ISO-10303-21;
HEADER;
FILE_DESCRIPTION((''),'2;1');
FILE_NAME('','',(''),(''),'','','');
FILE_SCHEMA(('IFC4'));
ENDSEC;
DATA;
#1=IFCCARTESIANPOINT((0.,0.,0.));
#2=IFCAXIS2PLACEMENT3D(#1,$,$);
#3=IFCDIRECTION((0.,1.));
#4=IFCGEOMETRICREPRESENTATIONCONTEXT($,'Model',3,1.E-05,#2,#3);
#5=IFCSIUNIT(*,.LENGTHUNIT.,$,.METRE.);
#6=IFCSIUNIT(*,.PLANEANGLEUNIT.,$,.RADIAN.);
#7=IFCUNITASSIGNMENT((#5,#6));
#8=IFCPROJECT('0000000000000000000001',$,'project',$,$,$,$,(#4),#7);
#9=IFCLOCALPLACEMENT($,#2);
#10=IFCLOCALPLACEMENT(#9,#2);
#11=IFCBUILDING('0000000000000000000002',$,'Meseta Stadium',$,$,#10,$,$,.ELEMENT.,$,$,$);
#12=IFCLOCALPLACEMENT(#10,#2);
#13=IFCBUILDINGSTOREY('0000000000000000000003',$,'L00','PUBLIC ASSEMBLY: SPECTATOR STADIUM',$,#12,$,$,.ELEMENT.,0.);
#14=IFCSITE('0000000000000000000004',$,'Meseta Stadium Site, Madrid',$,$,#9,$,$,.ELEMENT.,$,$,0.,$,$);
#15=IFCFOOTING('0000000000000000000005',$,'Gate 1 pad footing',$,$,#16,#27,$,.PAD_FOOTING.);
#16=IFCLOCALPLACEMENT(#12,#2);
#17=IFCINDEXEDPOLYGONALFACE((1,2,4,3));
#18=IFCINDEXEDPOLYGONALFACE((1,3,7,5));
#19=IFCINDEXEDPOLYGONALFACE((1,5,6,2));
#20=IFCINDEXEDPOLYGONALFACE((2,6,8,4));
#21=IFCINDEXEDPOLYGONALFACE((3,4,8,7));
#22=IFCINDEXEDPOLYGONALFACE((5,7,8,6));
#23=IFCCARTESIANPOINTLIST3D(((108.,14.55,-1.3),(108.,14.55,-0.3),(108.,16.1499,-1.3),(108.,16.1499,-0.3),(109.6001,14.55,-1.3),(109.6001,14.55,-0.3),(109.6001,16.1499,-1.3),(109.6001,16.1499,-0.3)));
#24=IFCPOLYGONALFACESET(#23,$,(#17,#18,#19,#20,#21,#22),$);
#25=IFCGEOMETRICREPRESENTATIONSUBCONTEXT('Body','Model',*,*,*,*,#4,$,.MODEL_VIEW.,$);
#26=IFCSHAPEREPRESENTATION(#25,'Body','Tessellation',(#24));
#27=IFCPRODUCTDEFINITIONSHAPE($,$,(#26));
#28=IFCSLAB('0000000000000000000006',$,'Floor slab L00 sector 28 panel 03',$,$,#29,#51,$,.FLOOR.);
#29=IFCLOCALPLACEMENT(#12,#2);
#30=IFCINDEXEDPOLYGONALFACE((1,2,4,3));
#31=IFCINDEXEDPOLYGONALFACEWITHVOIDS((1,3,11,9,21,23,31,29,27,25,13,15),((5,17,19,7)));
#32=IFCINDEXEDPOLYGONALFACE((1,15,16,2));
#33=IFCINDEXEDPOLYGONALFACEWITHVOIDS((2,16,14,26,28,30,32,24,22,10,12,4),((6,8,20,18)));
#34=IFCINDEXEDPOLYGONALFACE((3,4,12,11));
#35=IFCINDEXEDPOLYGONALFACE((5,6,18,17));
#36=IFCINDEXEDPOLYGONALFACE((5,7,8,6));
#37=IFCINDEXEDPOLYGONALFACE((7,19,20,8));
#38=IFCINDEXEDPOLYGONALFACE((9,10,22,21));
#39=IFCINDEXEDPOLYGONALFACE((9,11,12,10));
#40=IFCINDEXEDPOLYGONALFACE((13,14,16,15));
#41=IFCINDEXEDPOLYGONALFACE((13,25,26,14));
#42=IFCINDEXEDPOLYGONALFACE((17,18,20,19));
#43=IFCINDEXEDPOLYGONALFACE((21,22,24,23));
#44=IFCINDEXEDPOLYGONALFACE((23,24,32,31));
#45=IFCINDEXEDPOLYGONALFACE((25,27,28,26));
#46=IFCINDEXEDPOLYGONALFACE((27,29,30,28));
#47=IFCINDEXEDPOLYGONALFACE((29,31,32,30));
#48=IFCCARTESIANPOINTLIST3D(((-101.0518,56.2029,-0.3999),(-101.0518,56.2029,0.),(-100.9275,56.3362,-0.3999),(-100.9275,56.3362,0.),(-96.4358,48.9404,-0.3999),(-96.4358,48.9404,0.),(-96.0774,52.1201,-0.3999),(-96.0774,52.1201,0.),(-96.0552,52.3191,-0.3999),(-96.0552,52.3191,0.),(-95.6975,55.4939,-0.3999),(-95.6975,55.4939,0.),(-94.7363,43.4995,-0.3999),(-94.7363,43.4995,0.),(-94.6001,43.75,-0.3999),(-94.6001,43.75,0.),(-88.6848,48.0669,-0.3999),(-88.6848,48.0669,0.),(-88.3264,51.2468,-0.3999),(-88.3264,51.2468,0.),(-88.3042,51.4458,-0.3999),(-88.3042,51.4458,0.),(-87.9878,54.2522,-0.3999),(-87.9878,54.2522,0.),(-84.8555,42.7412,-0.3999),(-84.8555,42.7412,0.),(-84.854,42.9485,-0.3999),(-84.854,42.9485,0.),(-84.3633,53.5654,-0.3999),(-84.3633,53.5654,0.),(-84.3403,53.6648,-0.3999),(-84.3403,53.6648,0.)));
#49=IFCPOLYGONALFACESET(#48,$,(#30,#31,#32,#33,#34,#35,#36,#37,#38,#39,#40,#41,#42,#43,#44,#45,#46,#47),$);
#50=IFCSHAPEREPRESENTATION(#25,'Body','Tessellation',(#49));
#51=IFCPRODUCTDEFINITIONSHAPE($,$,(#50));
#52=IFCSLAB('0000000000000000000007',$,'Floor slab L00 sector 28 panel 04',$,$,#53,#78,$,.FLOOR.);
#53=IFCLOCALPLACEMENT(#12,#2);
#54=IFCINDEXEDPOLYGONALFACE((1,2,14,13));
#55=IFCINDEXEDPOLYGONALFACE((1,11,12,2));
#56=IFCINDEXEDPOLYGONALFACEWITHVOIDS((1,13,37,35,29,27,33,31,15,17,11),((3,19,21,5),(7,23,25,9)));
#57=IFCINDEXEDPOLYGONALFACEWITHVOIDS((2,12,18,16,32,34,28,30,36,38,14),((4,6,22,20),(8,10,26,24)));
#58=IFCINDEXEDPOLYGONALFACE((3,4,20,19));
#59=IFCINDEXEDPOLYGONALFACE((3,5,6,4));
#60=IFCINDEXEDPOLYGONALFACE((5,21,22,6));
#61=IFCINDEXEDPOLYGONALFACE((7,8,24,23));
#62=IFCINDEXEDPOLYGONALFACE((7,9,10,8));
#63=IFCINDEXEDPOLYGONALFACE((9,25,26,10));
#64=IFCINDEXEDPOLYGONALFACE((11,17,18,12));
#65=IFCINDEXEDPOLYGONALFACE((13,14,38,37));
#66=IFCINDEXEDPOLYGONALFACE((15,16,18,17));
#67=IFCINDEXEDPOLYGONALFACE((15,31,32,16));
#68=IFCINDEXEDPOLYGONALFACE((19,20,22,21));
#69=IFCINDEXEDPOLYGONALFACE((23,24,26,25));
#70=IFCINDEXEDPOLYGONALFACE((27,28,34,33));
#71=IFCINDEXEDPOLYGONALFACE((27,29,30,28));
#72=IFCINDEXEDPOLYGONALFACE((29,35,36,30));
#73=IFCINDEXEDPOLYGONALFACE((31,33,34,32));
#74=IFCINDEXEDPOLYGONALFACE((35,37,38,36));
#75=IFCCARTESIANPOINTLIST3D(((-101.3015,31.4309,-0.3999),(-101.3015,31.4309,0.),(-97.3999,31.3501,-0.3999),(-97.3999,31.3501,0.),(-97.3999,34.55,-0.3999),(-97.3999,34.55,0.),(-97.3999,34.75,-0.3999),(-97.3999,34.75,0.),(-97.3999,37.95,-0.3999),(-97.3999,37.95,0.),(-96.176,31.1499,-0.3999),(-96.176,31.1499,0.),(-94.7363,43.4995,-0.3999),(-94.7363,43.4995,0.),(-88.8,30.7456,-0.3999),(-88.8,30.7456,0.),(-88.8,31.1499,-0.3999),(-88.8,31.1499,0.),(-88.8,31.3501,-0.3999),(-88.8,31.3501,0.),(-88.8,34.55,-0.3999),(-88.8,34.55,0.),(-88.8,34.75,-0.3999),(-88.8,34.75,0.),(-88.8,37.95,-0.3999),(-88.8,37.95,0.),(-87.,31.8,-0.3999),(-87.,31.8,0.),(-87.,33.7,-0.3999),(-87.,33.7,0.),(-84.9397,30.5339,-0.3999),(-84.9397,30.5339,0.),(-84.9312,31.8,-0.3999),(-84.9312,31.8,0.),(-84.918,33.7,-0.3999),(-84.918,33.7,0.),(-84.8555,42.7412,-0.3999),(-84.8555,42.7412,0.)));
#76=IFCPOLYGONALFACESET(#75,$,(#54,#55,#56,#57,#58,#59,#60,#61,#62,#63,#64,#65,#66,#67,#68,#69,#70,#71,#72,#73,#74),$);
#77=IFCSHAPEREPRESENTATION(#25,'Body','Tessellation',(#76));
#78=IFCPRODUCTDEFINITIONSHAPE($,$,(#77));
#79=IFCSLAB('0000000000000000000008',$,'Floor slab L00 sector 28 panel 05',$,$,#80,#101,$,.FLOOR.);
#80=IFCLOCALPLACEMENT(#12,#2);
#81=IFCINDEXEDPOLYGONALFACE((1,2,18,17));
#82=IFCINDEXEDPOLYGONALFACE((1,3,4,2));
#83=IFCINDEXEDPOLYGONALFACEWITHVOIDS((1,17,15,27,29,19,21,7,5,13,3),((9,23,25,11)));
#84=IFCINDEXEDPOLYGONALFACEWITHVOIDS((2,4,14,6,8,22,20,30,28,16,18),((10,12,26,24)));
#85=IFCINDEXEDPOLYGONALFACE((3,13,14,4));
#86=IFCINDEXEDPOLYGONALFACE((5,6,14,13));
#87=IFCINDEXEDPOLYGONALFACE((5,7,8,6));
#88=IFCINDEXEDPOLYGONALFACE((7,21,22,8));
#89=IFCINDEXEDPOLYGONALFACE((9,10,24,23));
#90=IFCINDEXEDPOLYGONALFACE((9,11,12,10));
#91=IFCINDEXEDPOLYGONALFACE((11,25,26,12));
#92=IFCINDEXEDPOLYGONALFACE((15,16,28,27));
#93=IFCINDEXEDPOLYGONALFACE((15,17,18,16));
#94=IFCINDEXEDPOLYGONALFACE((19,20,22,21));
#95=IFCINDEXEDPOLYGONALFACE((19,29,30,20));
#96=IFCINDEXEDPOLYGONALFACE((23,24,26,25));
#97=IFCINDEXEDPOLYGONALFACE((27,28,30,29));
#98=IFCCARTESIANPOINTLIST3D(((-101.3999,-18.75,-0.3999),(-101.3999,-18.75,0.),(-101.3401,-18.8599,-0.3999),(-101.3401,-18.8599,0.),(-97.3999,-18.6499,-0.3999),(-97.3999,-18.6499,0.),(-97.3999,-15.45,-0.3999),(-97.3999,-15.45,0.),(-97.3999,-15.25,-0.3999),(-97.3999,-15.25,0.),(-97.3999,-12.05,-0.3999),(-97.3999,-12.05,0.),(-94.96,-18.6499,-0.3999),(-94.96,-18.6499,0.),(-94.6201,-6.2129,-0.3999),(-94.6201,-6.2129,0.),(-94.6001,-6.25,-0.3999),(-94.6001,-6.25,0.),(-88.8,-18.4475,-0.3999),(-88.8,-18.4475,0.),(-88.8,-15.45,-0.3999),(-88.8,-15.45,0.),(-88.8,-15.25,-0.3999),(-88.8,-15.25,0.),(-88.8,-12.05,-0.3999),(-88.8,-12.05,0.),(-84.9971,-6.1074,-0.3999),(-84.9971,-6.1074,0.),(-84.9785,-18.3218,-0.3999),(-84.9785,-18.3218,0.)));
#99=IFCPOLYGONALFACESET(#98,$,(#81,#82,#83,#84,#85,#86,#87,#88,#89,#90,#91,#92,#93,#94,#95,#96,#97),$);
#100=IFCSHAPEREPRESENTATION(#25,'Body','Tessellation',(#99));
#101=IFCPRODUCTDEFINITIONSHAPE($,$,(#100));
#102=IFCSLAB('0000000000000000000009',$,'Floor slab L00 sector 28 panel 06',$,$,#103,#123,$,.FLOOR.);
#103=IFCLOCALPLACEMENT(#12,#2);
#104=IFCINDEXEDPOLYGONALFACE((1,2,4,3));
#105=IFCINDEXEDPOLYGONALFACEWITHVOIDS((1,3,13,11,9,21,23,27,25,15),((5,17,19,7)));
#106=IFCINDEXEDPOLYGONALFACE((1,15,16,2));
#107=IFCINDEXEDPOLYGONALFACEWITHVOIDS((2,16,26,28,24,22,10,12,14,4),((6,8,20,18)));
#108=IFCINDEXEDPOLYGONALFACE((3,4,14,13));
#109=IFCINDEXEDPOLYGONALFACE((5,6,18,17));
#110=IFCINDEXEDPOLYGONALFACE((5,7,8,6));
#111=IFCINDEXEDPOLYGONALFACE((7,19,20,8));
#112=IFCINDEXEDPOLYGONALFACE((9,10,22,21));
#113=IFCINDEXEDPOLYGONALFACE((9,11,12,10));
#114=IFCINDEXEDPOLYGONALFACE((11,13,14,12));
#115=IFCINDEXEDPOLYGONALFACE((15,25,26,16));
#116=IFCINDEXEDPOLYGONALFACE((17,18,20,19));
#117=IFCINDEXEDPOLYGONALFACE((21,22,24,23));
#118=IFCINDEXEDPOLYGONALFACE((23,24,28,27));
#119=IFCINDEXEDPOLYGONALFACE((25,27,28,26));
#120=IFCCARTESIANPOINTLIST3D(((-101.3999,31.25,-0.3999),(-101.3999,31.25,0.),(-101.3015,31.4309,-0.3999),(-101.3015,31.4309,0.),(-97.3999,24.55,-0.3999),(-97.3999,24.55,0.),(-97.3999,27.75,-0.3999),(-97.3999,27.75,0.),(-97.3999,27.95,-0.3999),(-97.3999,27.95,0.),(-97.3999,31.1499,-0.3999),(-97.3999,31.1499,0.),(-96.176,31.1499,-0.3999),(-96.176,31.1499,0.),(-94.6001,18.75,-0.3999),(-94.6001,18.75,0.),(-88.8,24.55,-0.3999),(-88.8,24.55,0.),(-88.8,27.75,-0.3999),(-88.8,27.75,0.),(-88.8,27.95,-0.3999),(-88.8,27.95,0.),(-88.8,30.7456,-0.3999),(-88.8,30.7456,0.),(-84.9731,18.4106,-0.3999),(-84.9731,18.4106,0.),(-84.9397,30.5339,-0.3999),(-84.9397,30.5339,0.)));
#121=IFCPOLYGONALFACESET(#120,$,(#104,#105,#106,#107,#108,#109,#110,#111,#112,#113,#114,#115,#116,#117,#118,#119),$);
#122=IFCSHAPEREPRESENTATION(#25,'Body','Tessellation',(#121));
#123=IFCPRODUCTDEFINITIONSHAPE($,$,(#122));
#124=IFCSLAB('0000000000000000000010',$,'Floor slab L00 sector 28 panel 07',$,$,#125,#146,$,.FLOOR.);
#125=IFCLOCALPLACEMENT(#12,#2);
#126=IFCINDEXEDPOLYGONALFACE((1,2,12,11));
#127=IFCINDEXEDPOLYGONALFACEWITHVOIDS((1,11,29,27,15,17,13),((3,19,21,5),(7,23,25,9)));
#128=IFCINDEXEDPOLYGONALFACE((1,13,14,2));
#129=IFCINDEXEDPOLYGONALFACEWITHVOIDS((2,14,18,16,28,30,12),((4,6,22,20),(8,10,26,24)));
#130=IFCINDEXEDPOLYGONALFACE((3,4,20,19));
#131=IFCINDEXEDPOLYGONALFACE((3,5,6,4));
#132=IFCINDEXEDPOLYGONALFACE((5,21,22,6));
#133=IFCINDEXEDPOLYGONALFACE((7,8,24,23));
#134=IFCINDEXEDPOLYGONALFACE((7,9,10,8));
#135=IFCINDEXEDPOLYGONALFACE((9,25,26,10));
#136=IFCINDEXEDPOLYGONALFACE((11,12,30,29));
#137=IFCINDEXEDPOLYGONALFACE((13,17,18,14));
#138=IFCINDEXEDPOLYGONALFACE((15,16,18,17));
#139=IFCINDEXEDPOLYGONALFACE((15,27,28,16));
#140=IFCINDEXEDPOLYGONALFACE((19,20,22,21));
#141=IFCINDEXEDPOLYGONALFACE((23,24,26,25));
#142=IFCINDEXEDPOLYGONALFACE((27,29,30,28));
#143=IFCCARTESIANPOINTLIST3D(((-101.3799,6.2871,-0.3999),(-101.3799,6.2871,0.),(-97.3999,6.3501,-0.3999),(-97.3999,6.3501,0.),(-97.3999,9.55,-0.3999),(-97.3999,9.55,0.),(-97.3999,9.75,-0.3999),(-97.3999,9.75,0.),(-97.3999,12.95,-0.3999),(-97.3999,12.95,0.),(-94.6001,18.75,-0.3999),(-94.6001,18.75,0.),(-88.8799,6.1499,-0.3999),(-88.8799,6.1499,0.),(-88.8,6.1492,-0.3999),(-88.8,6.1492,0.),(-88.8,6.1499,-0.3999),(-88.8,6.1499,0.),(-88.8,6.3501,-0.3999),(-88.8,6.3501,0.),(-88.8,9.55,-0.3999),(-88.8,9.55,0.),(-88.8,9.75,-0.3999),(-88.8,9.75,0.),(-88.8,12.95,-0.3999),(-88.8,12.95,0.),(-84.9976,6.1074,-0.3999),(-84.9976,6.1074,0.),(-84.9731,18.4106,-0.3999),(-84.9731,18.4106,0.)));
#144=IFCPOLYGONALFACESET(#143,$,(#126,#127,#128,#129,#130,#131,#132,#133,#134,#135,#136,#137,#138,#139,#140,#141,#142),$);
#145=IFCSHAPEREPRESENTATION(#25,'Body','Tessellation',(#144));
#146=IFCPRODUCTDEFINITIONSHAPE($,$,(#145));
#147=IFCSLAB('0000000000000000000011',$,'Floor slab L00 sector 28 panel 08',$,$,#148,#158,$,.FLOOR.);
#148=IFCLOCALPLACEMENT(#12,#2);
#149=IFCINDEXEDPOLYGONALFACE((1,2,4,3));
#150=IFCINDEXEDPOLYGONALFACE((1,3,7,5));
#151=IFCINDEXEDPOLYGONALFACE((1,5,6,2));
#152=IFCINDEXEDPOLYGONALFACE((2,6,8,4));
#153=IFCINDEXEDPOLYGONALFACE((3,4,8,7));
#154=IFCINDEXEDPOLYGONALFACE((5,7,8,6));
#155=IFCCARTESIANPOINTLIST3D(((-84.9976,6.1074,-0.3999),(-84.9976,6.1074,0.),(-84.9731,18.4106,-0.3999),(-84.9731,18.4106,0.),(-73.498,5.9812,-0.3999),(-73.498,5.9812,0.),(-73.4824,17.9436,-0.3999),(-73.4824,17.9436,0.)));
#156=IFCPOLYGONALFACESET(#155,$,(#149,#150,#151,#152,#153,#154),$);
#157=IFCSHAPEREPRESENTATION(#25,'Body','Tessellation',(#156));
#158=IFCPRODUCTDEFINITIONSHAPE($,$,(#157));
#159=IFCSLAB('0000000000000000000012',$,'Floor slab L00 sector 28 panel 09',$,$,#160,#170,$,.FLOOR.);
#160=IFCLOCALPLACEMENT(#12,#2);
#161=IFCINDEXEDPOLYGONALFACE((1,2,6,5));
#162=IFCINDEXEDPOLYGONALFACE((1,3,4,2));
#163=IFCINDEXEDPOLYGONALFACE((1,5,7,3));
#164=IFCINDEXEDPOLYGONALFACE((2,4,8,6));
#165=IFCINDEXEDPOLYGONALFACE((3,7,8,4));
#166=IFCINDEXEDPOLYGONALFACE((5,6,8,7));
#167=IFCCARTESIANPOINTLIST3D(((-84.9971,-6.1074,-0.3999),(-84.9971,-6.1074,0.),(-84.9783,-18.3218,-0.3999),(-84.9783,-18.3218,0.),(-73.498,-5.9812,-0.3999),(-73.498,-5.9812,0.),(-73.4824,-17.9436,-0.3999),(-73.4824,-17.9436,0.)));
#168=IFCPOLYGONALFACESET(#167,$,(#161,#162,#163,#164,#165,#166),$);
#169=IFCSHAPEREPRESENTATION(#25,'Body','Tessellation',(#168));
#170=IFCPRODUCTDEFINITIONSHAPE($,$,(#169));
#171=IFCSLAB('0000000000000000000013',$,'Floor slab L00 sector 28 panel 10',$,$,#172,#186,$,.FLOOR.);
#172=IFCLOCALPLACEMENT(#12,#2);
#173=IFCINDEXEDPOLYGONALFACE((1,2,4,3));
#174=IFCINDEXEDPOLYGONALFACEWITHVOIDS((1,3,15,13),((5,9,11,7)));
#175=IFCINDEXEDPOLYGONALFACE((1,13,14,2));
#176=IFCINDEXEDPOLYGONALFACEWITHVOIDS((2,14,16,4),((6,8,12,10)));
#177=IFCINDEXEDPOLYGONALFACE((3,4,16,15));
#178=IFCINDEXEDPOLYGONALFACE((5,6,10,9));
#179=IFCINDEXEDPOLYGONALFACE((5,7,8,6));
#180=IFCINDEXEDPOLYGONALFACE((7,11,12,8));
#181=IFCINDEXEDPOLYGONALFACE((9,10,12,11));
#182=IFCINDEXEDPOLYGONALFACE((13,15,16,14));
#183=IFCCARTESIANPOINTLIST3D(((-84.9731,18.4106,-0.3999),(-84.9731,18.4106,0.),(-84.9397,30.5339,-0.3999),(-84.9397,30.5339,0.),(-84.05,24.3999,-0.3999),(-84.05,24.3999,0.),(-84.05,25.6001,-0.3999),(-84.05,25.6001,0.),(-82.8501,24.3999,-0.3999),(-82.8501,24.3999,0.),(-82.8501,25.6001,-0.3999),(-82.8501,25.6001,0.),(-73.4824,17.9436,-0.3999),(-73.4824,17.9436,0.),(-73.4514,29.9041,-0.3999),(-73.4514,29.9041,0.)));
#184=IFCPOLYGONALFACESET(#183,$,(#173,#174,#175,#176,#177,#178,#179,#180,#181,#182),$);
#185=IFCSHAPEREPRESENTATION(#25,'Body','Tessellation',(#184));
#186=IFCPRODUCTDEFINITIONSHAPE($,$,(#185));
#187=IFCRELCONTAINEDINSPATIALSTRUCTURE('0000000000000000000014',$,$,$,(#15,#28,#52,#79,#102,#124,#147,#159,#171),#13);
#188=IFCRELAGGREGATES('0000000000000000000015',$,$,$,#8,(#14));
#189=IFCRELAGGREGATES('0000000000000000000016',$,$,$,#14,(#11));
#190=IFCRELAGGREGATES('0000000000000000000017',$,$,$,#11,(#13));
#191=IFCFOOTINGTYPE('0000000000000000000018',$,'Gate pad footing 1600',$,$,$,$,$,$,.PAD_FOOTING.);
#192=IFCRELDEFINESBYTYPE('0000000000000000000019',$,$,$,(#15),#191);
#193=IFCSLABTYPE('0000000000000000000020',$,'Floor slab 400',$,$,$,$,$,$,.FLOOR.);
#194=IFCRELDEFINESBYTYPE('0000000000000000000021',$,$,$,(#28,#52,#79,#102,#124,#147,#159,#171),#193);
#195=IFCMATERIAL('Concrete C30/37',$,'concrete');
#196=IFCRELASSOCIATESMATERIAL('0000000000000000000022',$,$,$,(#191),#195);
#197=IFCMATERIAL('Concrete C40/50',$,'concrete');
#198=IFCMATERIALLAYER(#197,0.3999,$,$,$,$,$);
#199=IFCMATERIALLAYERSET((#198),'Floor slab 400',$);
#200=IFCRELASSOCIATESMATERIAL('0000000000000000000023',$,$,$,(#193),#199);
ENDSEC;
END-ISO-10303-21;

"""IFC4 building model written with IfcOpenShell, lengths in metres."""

from ifc_helpers import new_model, si_unit, direction, frame, origin, place, context, subcontext, project, spatial, polyline, outline, extrude, material, layer, layer_set, type_object, element, save


model = new_model("IFC4")

# Units and contexts
model_context = context("Model", 3, precision=1e-05, world=origin(), true_north=direction((0.0, 1.0)))
body_context = subcontext(model_context, "Body", "Model", "MODEL_VIEW")
ifc_project = project(units=[si_unit("LENGTHUNIT", "METRE"), si_unit("PLANEANGLEUNIT", "RADIAN")], contexts=[model_context])

# Site, building, storey
site_placement = place(None, origin())
site = spatial("IfcSite", under=ifc_project, at=site_placement, Name="Meseta Stadium Site, Madrid", CompositionType="ELEMENT", RefElevation=0.0)
building_placement = place(site_placement, origin())
building = spatial("IfcBuilding", under=site, at=building_placement, Name="Meseta Stadium", CompositionType="ELEMENT")
storey_placement = place(building_placement, origin())
storey = spatial("IfcBuildingStorey", under=building, at=storey_placement, Name="L00", Description="PUBLIC ASSEMBLY: SPECTATOR STADIUM", CompositionType="ELEMENT", Elevation=0.0)

# Footing
ifc_material_1 = material(Name="Concrete C30/37", Category="concrete")
footing_type = type_object("IfcFootingType", Name="Gate pad footing 1600", PredefinedType="PAD_FOOTING", material=ifc_material_1)
footing_placement = place(storey_placement, frame((0.0, 0.0, -1.3)))
element("IfcFooting", 1, at=footing_placement, inside=storey, type_object=footing_type, Name="Gate 1 pad footing", PredefinedType="PAD_FOOTING", context=body_context, shape_type="SweptSolid", body=[
    extrude(outline(polyline([(109.6001, 14.55), (109.6001, 16.1499), (108.0, 16.1499), (108.0, 14.55), (109.6001, 14.55)])), origin(), (0.0, 0.0, 1.0), 1.0),
])

# Slabs
ifc_material_2 = material(Name="Concrete C40/50", Category="concrete")
ifc_layer = layer(ifc_material_2, 0.3999)
ifc_layer_set = layer_set([ifc_layer], Name="Floor slab 400")
slab_type = type_object("IfcSlabType", Name="Floor slab 400", PredefinedType="FLOOR", material=ifc_layer_set)
slab_1_placement = place(storey_placement, frame((0.0, 0.0, -0.3999)))
element("IfcSlab", 2, at=slab_1_placement, inside=storey, type_object=slab_type, Name="Floor slab L00 sector 28 panel 03", PredefinedType="FLOOR", context=body_context, shape_type="SweptSolid", body=[
    extrude(outline(polyline([(-87.9878, 54.2522), (-88.3042, 51.4458), (-96.0552, 52.3191), (-95.6975, 55.4939), (-100.9275, 56.3362), (-101.0518, 56.2029), (-94.6001, 43.75), (-94.7363, 43.4995), (-84.8555, 42.7412), (-84.854, 42.9485), (-84.3633, 53.5654), (-84.3403, 53.6648), (-87.9878, 54.2522)]), holes=[polyline([(-88.6848, 48.0669), (-96.4358, 48.9404), (-96.0774, 52.1201), (-88.3264, 51.2468), (-88.6848, 48.0669)])]), origin(), (0.0, 0.0, 1.0), 0.3999),
])
slab_2_placement = place(storey_placement, frame((0.0, 0.0, -0.3999)))
element("IfcSlab", 3, at=slab_2_placement, inside=storey, type_object=slab_type, Name="Floor slab L00 sector 28 panel 04", PredefinedType="FLOOR", context=body_context, shape_type="SweptSolid", body=[
    extrude(outline(polyline([(-84.8555, 42.7412), (-94.7363, 43.4995), (-101.3015, 31.4309), (-96.176, 31.1499), (-88.8, 31.1499), (-88.8, 30.7456), (-84.9397, 30.5339), (-84.9312, 31.8), (-87.0, 31.8), (-87.0, 33.7), (-84.918, 33.7), (-84.8555, 42.7412)]), holes=[polyline([(-88.8, 34.55), (-88.8, 31.3501), (-97.3999, 31.3501), (-97.3999, 34.55), (-88.8, 34.55)]), polyline([(-88.8, 37.95), (-88.8, 34.75), (-97.3999, 34.75), (-97.3999, 37.95), (-88.8, 37.95)])]), origin(), (0.0, 0.0, 1.0), 0.3999),
])
slab_3_placement = place(storey_placement, frame((0.0, 0.0, -0.3999)))
element("IfcSlab", 4, at=slab_3_placement, inside=storey, type_object=slab_type, Name="Floor slab L00 sector 28 panel 05", PredefinedType="FLOOR", context=body_context, shape_type="SweptSolid", body=[
    extrude(outline(polyline([(-84.9971, -6.1074), (-94.6201, -6.2129), (-94.6001, -6.25), (-101.3999, -18.75), (-101.3401, -18.8599), (-94.96, -18.6499), (-97.3999, -18.6499), (-97.3999, -15.45), (-88.8, -15.45), (-88.8, -18.4475), (-84.9785, -18.3218), (-84.9971, -6.1074)]), holes=[polyline([(-88.8, -12.05), (-88.8, -15.25), (-97.3999, -15.25), (-97.3999, -12.05), (-88.8, -12.05)])]), origin(), (0.0, 0.0, 1.0), 0.3999),
])
slab_4_placement = place(storey_placement, frame((0.0, 0.0, -0.3999)))
element("IfcSlab", 5, at=slab_4_placement, inside=storey, type_object=slab_type, Name="Floor slab L00 sector 28 panel 06", PredefinedType="FLOOR", context=body_context, shape_type="SweptSolid", body=[
    extrude(outline(polyline([(-96.176, 31.1499), (-101.3015, 31.4309), (-101.3999, 31.25), (-94.6001, 18.75), (-84.9731, 18.4106), (-84.9397, 30.5339), (-88.8, 30.7456), (-88.8, 27.95), (-97.3999, 27.95), (-97.3999, 31.1499), (-96.176, 31.1499)]), holes=[polyline([(-97.3999, 27.75), (-88.8, 27.75), (-88.8, 24.55), (-97.3999, 24.55), (-97.3999, 27.75)])]), origin(), (0.0, 0.0, 1.0), 0.3999),
])
slab_5_placement = place(storey_placement, frame((0.0, 0.0, -0.3999)))
element("IfcSlab", 6, at=slab_5_placement, inside=storey, type_object=slab_type, Name="Floor slab L00 sector 28 panel 07", PredefinedType="FLOOR", context=body_context, shape_type="SweptSolid", body=[
    extrude(outline(polyline([(-88.8, 6.1499), (-88.8, 6.1492), (-84.9976, 6.1074), (-84.9731, 18.4106), (-94.6001, 18.75), (-101.3799, 6.2871), (-88.8799, 6.1499), (-88.8, 6.1499)]), holes=[polyline([(-88.8, 6.3501), (-97.3999, 6.3501), (-97.3999, 9.55), (-88.8, 9.55), (-88.8, 6.3501)]), polyline([(-88.8, 9.75), (-97.3999, 9.75), (-97.3999, 12.95), (-88.8, 12.95), (-88.8, 9.75)])]), origin(), (0.0, 0.0, 1.0), 0.3999),
])
slab_6_placement = place(storey_placement, frame((0.0, 0.0, -0.3999)))
element("IfcSlab", 7, at=slab_6_placement, inside=storey, type_object=slab_type, Name="Floor slab L00 sector 28 panel 08", PredefinedType="FLOOR", context=body_context, shape_type="SweptSolid", body=[
    extrude(outline(polyline([(-73.4824, 17.9436), (-84.9731, 18.4106), (-84.9976, 6.1074), (-73.498, 5.9812), (-73.4824, 17.9436)])), origin(), (0.0, 0.0, 1.0), 0.3999),
])
slab_7_placement = place(storey_placement, frame((0.0, 0.0, -0.3999)))
element("IfcSlab", 8, at=slab_7_placement, inside=storey, type_object=slab_type, Name="Floor slab L00 sector 28 panel 09", PredefinedType="FLOOR", context=body_context, shape_type="SweptSolid", body=[
    extrude(outline(polyline([(-84.9783, -18.3218), (-73.4824, -17.9436), (-73.498, -5.9812), (-84.9971, -6.1074), (-84.9783, -18.3218)])), origin(), (0.0, 0.0, 1.0), 0.3999),
])
slab_8_placement = place(storey_placement, frame((0.0, 0.0, -0.3999)))
element("IfcSlab", 9, at=slab_8_placement, inside=storey, type_object=slab_type, Name="Floor slab L00 sector 28 panel 10", PredefinedType="FLOOR", context=body_context, shape_type="SweptSolid", body=[
    extrude(outline(polyline([(-73.4514, 29.9041), (-84.9397, 30.5339), (-84.9731, 18.4106), (-73.4824, 17.9436), (-73.4514, 29.9041)]), holes=[polyline([(-82.8501, 25.6001), (-82.8501, 24.3999), (-84.05, 24.3999), (-84.05, 25.6001), (-82.8501, 25.6001)])]), origin(), (0.0, 0.0, 1.0), 0.3999),
])

save(model, "model.ifc")
